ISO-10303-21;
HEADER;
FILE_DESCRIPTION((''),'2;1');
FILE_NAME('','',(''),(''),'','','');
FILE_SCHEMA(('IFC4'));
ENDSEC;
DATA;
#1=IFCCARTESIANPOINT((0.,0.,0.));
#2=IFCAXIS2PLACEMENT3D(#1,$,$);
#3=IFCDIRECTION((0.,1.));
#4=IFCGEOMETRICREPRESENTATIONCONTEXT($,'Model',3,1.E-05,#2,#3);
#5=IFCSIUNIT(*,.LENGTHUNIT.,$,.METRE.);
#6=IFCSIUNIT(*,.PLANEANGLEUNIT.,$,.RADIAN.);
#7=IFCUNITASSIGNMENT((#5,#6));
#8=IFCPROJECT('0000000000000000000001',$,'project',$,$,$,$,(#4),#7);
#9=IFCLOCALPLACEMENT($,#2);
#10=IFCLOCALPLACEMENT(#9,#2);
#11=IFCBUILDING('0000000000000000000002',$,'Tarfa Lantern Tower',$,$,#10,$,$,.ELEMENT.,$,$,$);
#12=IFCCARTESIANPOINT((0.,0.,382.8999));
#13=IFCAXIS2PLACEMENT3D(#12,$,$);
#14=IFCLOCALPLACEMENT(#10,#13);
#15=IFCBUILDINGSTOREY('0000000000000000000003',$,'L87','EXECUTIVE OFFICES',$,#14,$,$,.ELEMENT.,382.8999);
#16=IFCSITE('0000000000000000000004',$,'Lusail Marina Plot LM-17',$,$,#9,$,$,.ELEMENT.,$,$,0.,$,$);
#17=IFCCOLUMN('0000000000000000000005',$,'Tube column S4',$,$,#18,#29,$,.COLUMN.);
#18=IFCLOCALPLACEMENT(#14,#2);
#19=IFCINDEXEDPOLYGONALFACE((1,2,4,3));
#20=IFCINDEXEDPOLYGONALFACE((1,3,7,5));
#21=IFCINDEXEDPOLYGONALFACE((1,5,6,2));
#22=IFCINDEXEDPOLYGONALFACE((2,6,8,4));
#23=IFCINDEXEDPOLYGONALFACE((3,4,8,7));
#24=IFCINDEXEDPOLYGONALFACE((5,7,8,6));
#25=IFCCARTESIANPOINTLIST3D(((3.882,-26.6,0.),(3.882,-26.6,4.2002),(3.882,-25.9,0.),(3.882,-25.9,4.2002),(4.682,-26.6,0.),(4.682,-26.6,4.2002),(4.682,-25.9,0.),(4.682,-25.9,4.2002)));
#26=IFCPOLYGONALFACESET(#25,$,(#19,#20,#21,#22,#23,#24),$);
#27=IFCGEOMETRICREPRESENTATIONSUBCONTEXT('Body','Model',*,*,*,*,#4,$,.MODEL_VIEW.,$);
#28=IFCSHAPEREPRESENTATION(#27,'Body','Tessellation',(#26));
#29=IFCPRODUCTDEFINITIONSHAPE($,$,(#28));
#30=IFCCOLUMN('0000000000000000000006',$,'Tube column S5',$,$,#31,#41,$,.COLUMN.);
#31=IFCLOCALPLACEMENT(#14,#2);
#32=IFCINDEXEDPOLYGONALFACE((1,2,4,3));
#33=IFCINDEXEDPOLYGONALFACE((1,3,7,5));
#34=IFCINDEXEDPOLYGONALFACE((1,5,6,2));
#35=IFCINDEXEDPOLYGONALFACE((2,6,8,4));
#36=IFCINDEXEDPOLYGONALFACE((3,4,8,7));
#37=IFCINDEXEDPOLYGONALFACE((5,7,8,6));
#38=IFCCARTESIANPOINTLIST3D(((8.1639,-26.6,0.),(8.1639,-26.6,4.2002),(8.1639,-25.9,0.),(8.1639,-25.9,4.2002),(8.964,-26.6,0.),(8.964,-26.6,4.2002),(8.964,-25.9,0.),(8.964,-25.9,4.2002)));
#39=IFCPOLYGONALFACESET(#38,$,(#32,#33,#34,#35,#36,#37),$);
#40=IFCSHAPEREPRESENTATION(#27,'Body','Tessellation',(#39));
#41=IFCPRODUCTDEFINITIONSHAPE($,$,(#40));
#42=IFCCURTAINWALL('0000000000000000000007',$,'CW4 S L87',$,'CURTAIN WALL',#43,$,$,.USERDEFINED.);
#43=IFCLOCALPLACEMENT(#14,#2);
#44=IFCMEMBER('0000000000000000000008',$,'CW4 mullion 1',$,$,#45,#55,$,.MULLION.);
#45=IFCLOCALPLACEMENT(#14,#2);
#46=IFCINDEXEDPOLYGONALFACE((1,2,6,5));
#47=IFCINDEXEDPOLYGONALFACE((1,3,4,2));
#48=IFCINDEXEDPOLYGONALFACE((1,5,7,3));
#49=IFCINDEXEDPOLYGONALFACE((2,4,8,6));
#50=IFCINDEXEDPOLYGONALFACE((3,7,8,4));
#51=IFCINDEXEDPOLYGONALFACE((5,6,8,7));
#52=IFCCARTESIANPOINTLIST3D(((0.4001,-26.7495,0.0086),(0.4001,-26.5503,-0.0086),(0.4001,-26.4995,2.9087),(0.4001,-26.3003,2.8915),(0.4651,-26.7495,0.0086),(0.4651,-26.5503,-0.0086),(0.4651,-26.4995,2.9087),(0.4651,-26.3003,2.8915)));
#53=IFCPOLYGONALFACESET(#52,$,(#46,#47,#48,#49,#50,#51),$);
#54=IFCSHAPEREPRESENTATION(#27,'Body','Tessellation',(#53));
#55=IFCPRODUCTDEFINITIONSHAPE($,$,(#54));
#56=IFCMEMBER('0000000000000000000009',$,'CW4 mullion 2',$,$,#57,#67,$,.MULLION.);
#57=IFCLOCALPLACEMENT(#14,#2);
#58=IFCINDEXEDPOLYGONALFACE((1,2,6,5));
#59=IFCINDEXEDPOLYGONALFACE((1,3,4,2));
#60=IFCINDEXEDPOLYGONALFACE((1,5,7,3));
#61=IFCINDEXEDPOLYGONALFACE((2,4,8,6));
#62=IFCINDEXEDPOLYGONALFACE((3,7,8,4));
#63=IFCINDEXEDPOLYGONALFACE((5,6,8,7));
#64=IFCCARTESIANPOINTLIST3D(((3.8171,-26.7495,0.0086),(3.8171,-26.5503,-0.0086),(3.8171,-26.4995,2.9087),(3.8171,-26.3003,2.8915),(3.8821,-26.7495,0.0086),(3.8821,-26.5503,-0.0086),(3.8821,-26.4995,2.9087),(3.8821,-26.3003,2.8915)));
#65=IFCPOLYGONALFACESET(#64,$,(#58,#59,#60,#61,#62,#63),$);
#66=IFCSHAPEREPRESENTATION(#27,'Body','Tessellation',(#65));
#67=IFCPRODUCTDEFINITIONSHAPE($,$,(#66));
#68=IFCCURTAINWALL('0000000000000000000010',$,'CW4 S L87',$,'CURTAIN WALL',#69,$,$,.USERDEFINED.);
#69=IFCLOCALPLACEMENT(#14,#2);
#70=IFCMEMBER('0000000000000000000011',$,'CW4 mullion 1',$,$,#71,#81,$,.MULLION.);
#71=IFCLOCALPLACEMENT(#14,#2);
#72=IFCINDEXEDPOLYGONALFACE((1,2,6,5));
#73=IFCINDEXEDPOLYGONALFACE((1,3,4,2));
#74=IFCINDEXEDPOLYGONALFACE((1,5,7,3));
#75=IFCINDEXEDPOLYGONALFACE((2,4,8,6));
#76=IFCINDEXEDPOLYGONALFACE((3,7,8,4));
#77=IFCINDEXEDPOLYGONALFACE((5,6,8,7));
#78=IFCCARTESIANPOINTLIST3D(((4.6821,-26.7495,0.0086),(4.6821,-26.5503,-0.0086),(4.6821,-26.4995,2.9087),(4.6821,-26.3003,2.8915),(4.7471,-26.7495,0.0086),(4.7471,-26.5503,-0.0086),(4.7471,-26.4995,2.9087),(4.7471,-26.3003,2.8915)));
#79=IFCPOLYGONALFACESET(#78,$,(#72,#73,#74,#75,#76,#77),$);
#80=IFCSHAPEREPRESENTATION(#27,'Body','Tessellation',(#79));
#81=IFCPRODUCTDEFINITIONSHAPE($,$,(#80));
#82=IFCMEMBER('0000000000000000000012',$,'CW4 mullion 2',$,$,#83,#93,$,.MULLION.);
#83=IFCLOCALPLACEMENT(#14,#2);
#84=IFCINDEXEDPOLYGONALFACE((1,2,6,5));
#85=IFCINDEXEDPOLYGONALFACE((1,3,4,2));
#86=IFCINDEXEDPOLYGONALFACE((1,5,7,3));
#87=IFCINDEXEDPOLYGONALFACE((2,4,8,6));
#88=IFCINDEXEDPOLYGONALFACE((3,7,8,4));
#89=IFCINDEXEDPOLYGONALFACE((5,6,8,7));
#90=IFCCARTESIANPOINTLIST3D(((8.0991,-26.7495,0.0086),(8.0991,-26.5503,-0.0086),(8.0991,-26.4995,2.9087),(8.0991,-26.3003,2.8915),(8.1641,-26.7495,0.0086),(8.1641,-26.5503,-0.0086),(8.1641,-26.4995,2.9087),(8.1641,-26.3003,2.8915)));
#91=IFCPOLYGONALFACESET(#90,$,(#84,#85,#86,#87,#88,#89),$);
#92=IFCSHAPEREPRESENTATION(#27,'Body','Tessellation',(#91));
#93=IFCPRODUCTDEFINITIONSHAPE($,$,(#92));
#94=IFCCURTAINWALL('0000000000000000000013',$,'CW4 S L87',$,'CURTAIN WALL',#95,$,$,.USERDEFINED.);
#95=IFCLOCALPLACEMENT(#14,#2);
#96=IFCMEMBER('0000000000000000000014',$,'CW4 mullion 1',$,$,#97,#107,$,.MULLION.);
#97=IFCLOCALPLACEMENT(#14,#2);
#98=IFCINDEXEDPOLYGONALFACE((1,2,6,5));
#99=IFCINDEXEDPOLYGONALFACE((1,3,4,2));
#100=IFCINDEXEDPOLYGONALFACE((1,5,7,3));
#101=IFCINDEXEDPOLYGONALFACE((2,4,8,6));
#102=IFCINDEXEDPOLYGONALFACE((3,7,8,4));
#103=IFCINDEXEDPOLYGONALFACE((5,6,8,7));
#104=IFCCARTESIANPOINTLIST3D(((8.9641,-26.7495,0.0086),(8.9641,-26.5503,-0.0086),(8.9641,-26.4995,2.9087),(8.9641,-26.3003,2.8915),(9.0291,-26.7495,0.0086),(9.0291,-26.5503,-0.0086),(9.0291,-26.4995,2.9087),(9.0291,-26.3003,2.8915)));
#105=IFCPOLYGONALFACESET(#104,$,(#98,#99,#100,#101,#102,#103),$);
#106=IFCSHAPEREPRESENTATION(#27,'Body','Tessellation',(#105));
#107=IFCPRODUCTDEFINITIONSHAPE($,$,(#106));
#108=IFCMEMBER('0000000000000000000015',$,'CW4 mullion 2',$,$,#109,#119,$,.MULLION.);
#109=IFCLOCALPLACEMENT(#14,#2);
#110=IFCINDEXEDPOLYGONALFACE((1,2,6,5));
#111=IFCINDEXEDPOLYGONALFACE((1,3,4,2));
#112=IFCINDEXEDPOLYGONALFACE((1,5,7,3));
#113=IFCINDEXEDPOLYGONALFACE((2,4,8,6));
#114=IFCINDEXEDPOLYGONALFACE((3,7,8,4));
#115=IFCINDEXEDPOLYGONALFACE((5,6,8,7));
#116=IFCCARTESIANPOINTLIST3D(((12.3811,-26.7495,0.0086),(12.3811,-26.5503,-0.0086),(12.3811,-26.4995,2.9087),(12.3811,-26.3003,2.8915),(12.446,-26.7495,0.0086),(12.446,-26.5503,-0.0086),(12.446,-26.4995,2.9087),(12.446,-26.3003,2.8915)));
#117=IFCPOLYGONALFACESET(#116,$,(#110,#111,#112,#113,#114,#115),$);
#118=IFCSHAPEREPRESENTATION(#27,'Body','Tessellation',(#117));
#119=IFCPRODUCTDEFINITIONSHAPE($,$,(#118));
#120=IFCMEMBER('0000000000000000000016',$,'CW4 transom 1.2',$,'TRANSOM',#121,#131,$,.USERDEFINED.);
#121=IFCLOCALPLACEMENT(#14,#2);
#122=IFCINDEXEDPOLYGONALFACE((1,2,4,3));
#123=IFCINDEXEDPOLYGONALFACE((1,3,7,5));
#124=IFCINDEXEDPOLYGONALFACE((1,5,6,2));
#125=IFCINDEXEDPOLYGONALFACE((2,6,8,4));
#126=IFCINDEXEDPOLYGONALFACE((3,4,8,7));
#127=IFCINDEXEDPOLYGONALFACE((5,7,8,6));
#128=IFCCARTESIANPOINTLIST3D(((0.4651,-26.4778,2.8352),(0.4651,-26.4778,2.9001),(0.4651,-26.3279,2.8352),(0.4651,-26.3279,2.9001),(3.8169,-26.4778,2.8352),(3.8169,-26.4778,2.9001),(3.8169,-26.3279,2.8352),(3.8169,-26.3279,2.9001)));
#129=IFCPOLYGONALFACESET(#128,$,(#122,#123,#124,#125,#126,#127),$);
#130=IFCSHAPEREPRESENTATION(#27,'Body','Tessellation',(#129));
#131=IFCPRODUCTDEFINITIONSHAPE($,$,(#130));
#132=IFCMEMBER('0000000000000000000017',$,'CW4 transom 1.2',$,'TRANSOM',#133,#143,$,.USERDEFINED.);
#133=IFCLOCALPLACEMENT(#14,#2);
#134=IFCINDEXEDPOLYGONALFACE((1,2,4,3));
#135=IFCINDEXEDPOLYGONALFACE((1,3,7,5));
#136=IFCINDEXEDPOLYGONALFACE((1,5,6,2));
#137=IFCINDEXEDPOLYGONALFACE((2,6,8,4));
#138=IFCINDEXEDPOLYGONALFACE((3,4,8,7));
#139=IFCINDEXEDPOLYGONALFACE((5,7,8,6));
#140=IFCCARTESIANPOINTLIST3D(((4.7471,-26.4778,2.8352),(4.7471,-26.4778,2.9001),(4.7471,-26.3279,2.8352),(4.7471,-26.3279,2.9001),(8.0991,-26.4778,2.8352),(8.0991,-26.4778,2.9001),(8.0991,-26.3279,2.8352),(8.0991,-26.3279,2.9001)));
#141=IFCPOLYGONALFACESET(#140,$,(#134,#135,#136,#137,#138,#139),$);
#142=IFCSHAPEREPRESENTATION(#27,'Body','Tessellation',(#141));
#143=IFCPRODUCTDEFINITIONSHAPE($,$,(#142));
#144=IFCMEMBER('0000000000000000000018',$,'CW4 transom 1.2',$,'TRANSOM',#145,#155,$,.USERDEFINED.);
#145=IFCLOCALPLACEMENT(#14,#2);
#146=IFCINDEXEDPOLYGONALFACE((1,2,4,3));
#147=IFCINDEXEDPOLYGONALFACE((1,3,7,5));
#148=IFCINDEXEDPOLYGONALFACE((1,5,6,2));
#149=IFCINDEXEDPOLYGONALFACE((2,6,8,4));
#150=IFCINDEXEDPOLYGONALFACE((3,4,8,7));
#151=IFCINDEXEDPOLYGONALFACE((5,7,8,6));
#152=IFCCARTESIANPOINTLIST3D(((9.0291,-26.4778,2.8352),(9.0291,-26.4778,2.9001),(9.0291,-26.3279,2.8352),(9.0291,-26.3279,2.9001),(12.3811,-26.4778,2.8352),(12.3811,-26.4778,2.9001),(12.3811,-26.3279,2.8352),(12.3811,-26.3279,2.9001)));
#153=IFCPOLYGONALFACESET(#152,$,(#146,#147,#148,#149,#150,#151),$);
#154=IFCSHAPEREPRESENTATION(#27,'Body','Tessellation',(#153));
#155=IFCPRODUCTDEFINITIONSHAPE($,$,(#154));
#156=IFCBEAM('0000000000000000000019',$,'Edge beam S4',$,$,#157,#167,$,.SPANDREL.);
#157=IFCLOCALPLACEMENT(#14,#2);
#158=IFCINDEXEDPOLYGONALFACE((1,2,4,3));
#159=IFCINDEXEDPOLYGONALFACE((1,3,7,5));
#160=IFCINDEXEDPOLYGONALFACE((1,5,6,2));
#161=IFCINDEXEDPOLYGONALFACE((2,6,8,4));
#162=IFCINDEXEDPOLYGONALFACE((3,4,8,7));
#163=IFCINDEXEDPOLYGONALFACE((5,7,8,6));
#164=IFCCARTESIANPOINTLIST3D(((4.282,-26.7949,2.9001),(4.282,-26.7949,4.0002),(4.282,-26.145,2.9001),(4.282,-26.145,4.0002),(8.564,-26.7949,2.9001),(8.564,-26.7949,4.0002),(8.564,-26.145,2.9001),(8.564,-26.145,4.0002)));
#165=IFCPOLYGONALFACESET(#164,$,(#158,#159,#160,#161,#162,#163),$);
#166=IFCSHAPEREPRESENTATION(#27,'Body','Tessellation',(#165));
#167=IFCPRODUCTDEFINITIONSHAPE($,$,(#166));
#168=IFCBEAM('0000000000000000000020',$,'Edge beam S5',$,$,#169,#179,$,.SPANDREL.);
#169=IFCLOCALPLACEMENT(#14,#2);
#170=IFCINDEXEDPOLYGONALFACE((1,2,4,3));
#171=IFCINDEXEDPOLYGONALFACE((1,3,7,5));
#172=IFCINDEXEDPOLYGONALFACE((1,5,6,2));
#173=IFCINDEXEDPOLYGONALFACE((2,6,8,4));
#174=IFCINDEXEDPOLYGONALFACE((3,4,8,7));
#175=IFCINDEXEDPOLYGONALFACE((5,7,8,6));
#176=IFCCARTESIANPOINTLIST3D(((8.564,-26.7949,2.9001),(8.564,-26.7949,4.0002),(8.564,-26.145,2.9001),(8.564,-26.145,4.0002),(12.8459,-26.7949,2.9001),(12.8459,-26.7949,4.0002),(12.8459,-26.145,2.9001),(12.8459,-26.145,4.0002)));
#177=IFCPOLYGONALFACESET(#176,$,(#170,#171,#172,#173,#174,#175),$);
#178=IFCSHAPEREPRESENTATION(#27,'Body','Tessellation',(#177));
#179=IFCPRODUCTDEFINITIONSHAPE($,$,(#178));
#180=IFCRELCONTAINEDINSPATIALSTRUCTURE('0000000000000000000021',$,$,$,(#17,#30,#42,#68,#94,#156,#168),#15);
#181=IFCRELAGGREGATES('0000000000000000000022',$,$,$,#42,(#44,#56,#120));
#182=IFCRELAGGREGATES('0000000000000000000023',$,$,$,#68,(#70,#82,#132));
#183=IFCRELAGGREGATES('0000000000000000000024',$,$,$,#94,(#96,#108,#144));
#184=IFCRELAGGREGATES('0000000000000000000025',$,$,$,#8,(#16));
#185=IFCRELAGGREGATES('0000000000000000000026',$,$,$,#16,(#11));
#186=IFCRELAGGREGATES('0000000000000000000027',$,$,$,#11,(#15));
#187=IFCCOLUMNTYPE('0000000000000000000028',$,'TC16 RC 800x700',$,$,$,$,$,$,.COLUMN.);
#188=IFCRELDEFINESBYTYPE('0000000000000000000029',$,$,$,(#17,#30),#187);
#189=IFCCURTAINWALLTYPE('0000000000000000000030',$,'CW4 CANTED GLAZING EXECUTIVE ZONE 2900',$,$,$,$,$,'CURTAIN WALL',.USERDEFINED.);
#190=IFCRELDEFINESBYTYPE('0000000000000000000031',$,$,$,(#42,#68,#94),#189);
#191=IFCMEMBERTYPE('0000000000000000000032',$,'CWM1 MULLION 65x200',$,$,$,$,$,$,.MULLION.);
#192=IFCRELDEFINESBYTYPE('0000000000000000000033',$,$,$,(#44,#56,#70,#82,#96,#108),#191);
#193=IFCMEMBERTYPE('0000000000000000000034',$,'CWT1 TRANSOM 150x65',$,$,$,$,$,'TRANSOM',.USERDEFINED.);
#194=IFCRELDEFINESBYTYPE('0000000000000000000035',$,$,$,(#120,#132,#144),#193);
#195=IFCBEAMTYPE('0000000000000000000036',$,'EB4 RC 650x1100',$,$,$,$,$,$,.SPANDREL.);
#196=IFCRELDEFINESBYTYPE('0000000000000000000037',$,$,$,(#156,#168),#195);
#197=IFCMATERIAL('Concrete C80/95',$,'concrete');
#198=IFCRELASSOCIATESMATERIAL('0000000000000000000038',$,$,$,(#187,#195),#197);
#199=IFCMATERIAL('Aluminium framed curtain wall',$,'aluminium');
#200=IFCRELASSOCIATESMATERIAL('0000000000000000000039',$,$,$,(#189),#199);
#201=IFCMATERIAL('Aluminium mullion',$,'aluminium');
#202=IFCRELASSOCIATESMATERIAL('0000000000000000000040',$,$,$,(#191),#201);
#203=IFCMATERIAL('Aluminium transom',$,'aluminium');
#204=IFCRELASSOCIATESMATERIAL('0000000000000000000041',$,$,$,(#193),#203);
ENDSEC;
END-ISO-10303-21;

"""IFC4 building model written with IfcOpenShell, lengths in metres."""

from ifc_helpers import new_model, si_unit, direction, frame, origin, origin_2d, place, context, subcontext, project, spatial, rectangle, extrude, material, material_profile, profile_set, type_object, element, aggregate, save


model = new_model("IFC4")

# Units and contexts
model_context = context("Model", 3, precision=1e-05, world=origin(), true_north=direction((0.0, 1.0)))
body_context = subcontext(model_context, "Body", "Model", "MODEL_VIEW")
ifc_project = project(units=[si_unit("LENGTHUNIT", "METRE"), si_unit("PLANEANGLEUNIT", "RADIAN")], contexts=[model_context])

# Site, building, storey
site_placement = place(None, origin())
site = spatial("IfcSite", under=ifc_project, at=site_placement, Name="Lusail Marina Plot LM-17", CompositionType="ELEMENT", RefElevation=0.0)
building_placement = place(site_placement, origin())
building = spatial("IfcBuilding", under=site, at=building_placement, Name="Tarfa Lantern Tower", CompositionType="ELEMENT")
storey_placement = place(building_placement, frame((0.0, 0.0, 382.8999)))
storey = spatial("IfcBuildingStorey", under=building, at=storey_placement, Name="L87", Description="EXECUTIVE OFFICES", CompositionType="ELEMENT", Elevation=382.8999)

# Columns
ifc_material_1 = material(Name="Concrete C80/95", Category="concrete")
ifc_material_profile_1 = material_profile(ifc_material_1, rectangle(XDim=0.8, YDim=0.7, at=origin_2d()), Name="RC 800x700")
ifc_profile_set_1 = profile_set([ifc_material_profile_1], Name="Concrete C80/95")
column_type = type_object("IfcColumnType", Name="TC16 RC 800x700", PredefinedType="COLUMN", material=ifc_profile_set_1)
for number, where, z_axis, x_axis, name in (
    (1, (4.282, -26.25, 0.0), (0.0, 0.0, 1.0), (1.0, 0.0, 0.0), "Tube column S4"),
    (2, (8.564, -26.25, 0.0), (0.0, 0.0, 1.0), (1.0, 0.0, 0.0), "Tube column S5"),
):
    element("IfcColumn", number, at=place(storey_placement, frame(where, z_axis=z_axis, x_axis=x_axis)), inside=storey, type_object=column_type, Name=name, PredefinedType="COLUMN", context=body_context, shape_type="SweptSolid", body=[
        extrude(rectangle(XDim=0.8, YDim=0.7, at=origin_2d()), origin(), (0.0, 0.0, 1.0), 4.2002),
    ])

# Curtain walls, members
ifc_material_2 = material(Name="Aluminium framed curtain wall", Category="aluminium")
curtain_wall_type = type_object("IfcCurtainWallType", Name="CW4 CANTED GLAZING EXECUTIVE ZONE 2900", ElementType="CURTAIN WALL", PredefinedType="USERDEFINED", material=ifc_material_2)
curtain_wall_1_placement = place(storey_placement, origin())
curtain_wall_1 = element("IfcCurtainWall", 3, at=curtain_wall_1_placement, inside=storey, type_object=curtain_wall_type, Name="CW4 S L87", ObjectType="CURTAIN WALL", PredefinedType="USERDEFINED")
ifc_material_3 = material(Name="Aluminium mullion", Category="aluminium")
ifc_material_profile_2 = material_profile(ifc_material_3, rectangle(XDim=0.0649, YDim=0.2, at=origin_2d()), Name="AL MULLION 65x200")
ifc_profile_set_2 = profile_set([ifc_material_profile_2], Name="Aluminium mullion")
member_type_1 = type_object("IfcMemberType", Name="CWM1 MULLION 65x200", PredefinedType="MULLION", material=ifc_profile_set_2)
member_1_placement = place(storey_placement, frame((0.4326, -26.6499, 0.0), z_axis=(0.0, 0.085884, 0.996305), x_axis=(-1.0, 0.0, 0.0)))
member_1 = element("IfcMember", 4, at=member_1_placement, type_object=member_type_1, Name="CW4 mullion 1", PredefinedType="MULLION", context=body_context, shape_type="SweptSolid", body=[
    extrude(rectangle(XDim=0.0649, YDim=0.2, at=origin_2d()), origin(), (0.0, 0.0, 1.0), 2.9109),
])
member_2_placement = place(storey_placement, frame((3.8496, -26.6499, 0.0), z_axis=(0.0, 0.085884, 0.996305), x_axis=(-1.0, 0.0, 0.0)))
member_2 = element("IfcMember", 5, at=member_2_placement, type_object=member_type_1, Name="CW4 mullion 2", PredefinedType="MULLION", context=body_context, shape_type="SweptSolid", body=[
    extrude(rectangle(XDim=0.0649, YDim=0.2, at=origin_2d()), origin(), (0.0, 0.0, 1.0), 2.9109),
])
curtain_wall_2_placement = place(storey_placement, origin())
curtain_wall_2 = element("IfcCurtainWall", 6, at=curtain_wall_2_placement, inside=storey, type_object=curtain_wall_type, Name="CW4 S L87", ObjectType="CURTAIN WALL", PredefinedType="USERDEFINED")
member_3_placement = place(storey_placement, frame((4.7146, -26.6499, 0.0), z_axis=(0.0, 0.085884, 0.996305), x_axis=(-1.0, 0.0, 0.0)))
member_3 = element("IfcMember", 7, at=member_3_placement, type_object=member_type_1, Name="CW4 mullion 1", PredefinedType="MULLION", context=body_context, shape_type="SweptSolid", body=[
    extrude(rectangle(XDim=0.0649, YDim=0.2, at=origin_2d()), origin(), (0.0, 0.0, 1.0), 2.9109),
])
member_4_placement = place(storey_placement, frame((8.1316, -26.6499, 0.0), z_axis=(0.0, 0.085884, 0.996305), x_axis=(-1.0, 0.0, 0.0)))
member_4 = element("IfcMember", 8, at=member_4_placement, type_object=member_type_1, Name="CW4 mullion 2", PredefinedType="MULLION", context=body_context, shape_type="SweptSolid", body=[
    extrude(rectangle(XDim=0.0649, YDim=0.2, at=origin_2d()), origin(), (0.0, 0.0, 1.0), 2.9109),
])
curtain_wall_3_placement = place(storey_placement, origin())
curtain_wall_3 = element("IfcCurtainWall", 9, at=curtain_wall_3_placement, inside=storey, type_object=curtain_wall_type, Name="CW4 S L87", ObjectType="CURTAIN WALL", PredefinedType="USERDEFINED")
member_5_placement = place(storey_placement, frame((8.9966, -26.6499, 0.0), z_axis=(0.0, 0.085884, 0.996305), x_axis=(-1.0, 0.0, 0.0)))
member_5 = element("IfcMember", 10, at=member_5_placement, type_object=member_type_1, Name="CW4 mullion 1", PredefinedType="MULLION", context=body_context, shape_type="SweptSolid", body=[
    extrude(rectangle(XDim=0.0649, YDim=0.2, at=origin_2d()), origin(), (0.0, 0.0, 1.0), 2.9109),
])
member_6_placement = place(storey_placement, frame((12.4136, -26.6499, 0.0), z_axis=(0.0, 0.085884, 0.996305), x_axis=(-1.0, 0.0, 0.0)))
member_6 = element("IfcMember", 11, at=member_6_placement, type_object=member_type_1, Name="CW4 mullion 2", PredefinedType="MULLION", context=body_context, shape_type="SweptSolid", body=[
    extrude(rectangle(XDim=0.0649, YDim=0.2, at=origin_2d()), origin(), (0.0, 0.0, 1.0), 2.9109),
])

# Members
ifc_material_4 = material(Name="Aluminium transom", Category="aluminium")
ifc_material_profile_3 = material_profile(ifc_material_4, rectangle(XDim=0.1499, YDim=0.0649, at=origin_2d()), Name="AL TRANSOM 150x65")
ifc_profile_set_3 = profile_set([ifc_material_profile_3], Name="Aluminium transom")
member_type_2 = type_object("IfcMemberType", Name="CWT1 TRANSOM 150x65", ElementType="TRANSOM", PredefinedType="USERDEFINED", material=ifc_profile_set_3)
member_7_placement = place(storey_placement, frame((0.4651, -26.4028, 2.8677), z_axis=(1.0, 0.0, 0.0), x_axis=(0.0, 1.0, 0.0)))
member_7 = element("IfcMember", 12, at=member_7_placement, type_object=member_type_2, Name="CW4 transom 1.2", ObjectType="TRANSOM", PredefinedType="USERDEFINED", context=body_context, shape_type="SweptSolid", body=[
    extrude(rectangle(XDim=0.1499, YDim=0.0649, at=origin_2d()), origin(), (0.0, 0.0, 1.0), 3.3518),
])
member_8_placement = place(storey_placement, frame((4.7471, -26.4028, 2.8677), z_axis=(1.0, 0.0, 0.0), x_axis=(0.0, 1.0, 0.0)))
member_8 = element("IfcMember", 13, at=member_8_placement, type_object=member_type_2, Name="CW4 transom 1.2", ObjectType="TRANSOM", PredefinedType="USERDEFINED", context=body_context, shape_type="SweptSolid", body=[
    extrude(rectangle(XDim=0.1499, YDim=0.0649, at=origin_2d()), origin(), (0.0, 0.0, 1.0), 3.3521),
])
member_9_placement = place(storey_placement, frame((9.0291, -26.4028, 2.8677), z_axis=(1.0, 0.0, 0.0), x_axis=(0.0, 1.0, 0.0)))
member_9 = element("IfcMember", 14, at=member_9_placement, type_object=member_type_2, Name="CW4 transom 1.2", ObjectType="TRANSOM", PredefinedType="USERDEFINED", context=body_context, shape_type="SweptSolid", body=[
    extrude(rectangle(XDim=0.1499, YDim=0.0649, at=origin_2d()), origin(), (0.0, 0.0, 1.0), 3.3521),
])

# Beams
ifc_material_profile_4 = material_profile(ifc_material_1, rectangle(XDim=0.6499, YDim=1.1001, at=origin_2d()), Name="RC 650x1100")
ifc_profile_set_4 = profile_set([ifc_material_profile_4], Name="Concrete C80/95")
beam_type_1 = type_object("IfcBeamType", Name="EB4 RC 650x1100", PredefinedType="SPANDREL", material=ifc_profile_set_4)
for number, where, z_axis, x_axis, name in (
    (15, (4.282, -26.47, 3.4502), (1.0, 0.0, 0.0), (0.0, 1.0, 0.0), "Edge beam S4"),
    (16, (8.564, -26.47, 3.4502), (1.0, 0.0, 0.0), (0.0, 1.0, 0.0), "Edge beam S5"),
):
    element("IfcBeam", number, at=place(storey_placement, frame(where, z_axis=z_axis, x_axis=x_axis)), inside=storey, type_object=beam_type_1, Name=name, PredefinedType="SPANDREL", context=body_context, shape_type="SweptSolid", body=[
        extrude(rectangle(XDim=0.6499, YDim=1.1001, at=origin_2d()), origin(), (0.0, 0.0, 1.0), 4.282),
    ])

aggregate(curtain_wall_1, [member_1, member_2, member_7])
aggregate(curtain_wall_2, [member_3, member_4, member_8])
aggregate(curtain_wall_3, [member_5, member_6, member_9])

save(model, "model.ifc")
